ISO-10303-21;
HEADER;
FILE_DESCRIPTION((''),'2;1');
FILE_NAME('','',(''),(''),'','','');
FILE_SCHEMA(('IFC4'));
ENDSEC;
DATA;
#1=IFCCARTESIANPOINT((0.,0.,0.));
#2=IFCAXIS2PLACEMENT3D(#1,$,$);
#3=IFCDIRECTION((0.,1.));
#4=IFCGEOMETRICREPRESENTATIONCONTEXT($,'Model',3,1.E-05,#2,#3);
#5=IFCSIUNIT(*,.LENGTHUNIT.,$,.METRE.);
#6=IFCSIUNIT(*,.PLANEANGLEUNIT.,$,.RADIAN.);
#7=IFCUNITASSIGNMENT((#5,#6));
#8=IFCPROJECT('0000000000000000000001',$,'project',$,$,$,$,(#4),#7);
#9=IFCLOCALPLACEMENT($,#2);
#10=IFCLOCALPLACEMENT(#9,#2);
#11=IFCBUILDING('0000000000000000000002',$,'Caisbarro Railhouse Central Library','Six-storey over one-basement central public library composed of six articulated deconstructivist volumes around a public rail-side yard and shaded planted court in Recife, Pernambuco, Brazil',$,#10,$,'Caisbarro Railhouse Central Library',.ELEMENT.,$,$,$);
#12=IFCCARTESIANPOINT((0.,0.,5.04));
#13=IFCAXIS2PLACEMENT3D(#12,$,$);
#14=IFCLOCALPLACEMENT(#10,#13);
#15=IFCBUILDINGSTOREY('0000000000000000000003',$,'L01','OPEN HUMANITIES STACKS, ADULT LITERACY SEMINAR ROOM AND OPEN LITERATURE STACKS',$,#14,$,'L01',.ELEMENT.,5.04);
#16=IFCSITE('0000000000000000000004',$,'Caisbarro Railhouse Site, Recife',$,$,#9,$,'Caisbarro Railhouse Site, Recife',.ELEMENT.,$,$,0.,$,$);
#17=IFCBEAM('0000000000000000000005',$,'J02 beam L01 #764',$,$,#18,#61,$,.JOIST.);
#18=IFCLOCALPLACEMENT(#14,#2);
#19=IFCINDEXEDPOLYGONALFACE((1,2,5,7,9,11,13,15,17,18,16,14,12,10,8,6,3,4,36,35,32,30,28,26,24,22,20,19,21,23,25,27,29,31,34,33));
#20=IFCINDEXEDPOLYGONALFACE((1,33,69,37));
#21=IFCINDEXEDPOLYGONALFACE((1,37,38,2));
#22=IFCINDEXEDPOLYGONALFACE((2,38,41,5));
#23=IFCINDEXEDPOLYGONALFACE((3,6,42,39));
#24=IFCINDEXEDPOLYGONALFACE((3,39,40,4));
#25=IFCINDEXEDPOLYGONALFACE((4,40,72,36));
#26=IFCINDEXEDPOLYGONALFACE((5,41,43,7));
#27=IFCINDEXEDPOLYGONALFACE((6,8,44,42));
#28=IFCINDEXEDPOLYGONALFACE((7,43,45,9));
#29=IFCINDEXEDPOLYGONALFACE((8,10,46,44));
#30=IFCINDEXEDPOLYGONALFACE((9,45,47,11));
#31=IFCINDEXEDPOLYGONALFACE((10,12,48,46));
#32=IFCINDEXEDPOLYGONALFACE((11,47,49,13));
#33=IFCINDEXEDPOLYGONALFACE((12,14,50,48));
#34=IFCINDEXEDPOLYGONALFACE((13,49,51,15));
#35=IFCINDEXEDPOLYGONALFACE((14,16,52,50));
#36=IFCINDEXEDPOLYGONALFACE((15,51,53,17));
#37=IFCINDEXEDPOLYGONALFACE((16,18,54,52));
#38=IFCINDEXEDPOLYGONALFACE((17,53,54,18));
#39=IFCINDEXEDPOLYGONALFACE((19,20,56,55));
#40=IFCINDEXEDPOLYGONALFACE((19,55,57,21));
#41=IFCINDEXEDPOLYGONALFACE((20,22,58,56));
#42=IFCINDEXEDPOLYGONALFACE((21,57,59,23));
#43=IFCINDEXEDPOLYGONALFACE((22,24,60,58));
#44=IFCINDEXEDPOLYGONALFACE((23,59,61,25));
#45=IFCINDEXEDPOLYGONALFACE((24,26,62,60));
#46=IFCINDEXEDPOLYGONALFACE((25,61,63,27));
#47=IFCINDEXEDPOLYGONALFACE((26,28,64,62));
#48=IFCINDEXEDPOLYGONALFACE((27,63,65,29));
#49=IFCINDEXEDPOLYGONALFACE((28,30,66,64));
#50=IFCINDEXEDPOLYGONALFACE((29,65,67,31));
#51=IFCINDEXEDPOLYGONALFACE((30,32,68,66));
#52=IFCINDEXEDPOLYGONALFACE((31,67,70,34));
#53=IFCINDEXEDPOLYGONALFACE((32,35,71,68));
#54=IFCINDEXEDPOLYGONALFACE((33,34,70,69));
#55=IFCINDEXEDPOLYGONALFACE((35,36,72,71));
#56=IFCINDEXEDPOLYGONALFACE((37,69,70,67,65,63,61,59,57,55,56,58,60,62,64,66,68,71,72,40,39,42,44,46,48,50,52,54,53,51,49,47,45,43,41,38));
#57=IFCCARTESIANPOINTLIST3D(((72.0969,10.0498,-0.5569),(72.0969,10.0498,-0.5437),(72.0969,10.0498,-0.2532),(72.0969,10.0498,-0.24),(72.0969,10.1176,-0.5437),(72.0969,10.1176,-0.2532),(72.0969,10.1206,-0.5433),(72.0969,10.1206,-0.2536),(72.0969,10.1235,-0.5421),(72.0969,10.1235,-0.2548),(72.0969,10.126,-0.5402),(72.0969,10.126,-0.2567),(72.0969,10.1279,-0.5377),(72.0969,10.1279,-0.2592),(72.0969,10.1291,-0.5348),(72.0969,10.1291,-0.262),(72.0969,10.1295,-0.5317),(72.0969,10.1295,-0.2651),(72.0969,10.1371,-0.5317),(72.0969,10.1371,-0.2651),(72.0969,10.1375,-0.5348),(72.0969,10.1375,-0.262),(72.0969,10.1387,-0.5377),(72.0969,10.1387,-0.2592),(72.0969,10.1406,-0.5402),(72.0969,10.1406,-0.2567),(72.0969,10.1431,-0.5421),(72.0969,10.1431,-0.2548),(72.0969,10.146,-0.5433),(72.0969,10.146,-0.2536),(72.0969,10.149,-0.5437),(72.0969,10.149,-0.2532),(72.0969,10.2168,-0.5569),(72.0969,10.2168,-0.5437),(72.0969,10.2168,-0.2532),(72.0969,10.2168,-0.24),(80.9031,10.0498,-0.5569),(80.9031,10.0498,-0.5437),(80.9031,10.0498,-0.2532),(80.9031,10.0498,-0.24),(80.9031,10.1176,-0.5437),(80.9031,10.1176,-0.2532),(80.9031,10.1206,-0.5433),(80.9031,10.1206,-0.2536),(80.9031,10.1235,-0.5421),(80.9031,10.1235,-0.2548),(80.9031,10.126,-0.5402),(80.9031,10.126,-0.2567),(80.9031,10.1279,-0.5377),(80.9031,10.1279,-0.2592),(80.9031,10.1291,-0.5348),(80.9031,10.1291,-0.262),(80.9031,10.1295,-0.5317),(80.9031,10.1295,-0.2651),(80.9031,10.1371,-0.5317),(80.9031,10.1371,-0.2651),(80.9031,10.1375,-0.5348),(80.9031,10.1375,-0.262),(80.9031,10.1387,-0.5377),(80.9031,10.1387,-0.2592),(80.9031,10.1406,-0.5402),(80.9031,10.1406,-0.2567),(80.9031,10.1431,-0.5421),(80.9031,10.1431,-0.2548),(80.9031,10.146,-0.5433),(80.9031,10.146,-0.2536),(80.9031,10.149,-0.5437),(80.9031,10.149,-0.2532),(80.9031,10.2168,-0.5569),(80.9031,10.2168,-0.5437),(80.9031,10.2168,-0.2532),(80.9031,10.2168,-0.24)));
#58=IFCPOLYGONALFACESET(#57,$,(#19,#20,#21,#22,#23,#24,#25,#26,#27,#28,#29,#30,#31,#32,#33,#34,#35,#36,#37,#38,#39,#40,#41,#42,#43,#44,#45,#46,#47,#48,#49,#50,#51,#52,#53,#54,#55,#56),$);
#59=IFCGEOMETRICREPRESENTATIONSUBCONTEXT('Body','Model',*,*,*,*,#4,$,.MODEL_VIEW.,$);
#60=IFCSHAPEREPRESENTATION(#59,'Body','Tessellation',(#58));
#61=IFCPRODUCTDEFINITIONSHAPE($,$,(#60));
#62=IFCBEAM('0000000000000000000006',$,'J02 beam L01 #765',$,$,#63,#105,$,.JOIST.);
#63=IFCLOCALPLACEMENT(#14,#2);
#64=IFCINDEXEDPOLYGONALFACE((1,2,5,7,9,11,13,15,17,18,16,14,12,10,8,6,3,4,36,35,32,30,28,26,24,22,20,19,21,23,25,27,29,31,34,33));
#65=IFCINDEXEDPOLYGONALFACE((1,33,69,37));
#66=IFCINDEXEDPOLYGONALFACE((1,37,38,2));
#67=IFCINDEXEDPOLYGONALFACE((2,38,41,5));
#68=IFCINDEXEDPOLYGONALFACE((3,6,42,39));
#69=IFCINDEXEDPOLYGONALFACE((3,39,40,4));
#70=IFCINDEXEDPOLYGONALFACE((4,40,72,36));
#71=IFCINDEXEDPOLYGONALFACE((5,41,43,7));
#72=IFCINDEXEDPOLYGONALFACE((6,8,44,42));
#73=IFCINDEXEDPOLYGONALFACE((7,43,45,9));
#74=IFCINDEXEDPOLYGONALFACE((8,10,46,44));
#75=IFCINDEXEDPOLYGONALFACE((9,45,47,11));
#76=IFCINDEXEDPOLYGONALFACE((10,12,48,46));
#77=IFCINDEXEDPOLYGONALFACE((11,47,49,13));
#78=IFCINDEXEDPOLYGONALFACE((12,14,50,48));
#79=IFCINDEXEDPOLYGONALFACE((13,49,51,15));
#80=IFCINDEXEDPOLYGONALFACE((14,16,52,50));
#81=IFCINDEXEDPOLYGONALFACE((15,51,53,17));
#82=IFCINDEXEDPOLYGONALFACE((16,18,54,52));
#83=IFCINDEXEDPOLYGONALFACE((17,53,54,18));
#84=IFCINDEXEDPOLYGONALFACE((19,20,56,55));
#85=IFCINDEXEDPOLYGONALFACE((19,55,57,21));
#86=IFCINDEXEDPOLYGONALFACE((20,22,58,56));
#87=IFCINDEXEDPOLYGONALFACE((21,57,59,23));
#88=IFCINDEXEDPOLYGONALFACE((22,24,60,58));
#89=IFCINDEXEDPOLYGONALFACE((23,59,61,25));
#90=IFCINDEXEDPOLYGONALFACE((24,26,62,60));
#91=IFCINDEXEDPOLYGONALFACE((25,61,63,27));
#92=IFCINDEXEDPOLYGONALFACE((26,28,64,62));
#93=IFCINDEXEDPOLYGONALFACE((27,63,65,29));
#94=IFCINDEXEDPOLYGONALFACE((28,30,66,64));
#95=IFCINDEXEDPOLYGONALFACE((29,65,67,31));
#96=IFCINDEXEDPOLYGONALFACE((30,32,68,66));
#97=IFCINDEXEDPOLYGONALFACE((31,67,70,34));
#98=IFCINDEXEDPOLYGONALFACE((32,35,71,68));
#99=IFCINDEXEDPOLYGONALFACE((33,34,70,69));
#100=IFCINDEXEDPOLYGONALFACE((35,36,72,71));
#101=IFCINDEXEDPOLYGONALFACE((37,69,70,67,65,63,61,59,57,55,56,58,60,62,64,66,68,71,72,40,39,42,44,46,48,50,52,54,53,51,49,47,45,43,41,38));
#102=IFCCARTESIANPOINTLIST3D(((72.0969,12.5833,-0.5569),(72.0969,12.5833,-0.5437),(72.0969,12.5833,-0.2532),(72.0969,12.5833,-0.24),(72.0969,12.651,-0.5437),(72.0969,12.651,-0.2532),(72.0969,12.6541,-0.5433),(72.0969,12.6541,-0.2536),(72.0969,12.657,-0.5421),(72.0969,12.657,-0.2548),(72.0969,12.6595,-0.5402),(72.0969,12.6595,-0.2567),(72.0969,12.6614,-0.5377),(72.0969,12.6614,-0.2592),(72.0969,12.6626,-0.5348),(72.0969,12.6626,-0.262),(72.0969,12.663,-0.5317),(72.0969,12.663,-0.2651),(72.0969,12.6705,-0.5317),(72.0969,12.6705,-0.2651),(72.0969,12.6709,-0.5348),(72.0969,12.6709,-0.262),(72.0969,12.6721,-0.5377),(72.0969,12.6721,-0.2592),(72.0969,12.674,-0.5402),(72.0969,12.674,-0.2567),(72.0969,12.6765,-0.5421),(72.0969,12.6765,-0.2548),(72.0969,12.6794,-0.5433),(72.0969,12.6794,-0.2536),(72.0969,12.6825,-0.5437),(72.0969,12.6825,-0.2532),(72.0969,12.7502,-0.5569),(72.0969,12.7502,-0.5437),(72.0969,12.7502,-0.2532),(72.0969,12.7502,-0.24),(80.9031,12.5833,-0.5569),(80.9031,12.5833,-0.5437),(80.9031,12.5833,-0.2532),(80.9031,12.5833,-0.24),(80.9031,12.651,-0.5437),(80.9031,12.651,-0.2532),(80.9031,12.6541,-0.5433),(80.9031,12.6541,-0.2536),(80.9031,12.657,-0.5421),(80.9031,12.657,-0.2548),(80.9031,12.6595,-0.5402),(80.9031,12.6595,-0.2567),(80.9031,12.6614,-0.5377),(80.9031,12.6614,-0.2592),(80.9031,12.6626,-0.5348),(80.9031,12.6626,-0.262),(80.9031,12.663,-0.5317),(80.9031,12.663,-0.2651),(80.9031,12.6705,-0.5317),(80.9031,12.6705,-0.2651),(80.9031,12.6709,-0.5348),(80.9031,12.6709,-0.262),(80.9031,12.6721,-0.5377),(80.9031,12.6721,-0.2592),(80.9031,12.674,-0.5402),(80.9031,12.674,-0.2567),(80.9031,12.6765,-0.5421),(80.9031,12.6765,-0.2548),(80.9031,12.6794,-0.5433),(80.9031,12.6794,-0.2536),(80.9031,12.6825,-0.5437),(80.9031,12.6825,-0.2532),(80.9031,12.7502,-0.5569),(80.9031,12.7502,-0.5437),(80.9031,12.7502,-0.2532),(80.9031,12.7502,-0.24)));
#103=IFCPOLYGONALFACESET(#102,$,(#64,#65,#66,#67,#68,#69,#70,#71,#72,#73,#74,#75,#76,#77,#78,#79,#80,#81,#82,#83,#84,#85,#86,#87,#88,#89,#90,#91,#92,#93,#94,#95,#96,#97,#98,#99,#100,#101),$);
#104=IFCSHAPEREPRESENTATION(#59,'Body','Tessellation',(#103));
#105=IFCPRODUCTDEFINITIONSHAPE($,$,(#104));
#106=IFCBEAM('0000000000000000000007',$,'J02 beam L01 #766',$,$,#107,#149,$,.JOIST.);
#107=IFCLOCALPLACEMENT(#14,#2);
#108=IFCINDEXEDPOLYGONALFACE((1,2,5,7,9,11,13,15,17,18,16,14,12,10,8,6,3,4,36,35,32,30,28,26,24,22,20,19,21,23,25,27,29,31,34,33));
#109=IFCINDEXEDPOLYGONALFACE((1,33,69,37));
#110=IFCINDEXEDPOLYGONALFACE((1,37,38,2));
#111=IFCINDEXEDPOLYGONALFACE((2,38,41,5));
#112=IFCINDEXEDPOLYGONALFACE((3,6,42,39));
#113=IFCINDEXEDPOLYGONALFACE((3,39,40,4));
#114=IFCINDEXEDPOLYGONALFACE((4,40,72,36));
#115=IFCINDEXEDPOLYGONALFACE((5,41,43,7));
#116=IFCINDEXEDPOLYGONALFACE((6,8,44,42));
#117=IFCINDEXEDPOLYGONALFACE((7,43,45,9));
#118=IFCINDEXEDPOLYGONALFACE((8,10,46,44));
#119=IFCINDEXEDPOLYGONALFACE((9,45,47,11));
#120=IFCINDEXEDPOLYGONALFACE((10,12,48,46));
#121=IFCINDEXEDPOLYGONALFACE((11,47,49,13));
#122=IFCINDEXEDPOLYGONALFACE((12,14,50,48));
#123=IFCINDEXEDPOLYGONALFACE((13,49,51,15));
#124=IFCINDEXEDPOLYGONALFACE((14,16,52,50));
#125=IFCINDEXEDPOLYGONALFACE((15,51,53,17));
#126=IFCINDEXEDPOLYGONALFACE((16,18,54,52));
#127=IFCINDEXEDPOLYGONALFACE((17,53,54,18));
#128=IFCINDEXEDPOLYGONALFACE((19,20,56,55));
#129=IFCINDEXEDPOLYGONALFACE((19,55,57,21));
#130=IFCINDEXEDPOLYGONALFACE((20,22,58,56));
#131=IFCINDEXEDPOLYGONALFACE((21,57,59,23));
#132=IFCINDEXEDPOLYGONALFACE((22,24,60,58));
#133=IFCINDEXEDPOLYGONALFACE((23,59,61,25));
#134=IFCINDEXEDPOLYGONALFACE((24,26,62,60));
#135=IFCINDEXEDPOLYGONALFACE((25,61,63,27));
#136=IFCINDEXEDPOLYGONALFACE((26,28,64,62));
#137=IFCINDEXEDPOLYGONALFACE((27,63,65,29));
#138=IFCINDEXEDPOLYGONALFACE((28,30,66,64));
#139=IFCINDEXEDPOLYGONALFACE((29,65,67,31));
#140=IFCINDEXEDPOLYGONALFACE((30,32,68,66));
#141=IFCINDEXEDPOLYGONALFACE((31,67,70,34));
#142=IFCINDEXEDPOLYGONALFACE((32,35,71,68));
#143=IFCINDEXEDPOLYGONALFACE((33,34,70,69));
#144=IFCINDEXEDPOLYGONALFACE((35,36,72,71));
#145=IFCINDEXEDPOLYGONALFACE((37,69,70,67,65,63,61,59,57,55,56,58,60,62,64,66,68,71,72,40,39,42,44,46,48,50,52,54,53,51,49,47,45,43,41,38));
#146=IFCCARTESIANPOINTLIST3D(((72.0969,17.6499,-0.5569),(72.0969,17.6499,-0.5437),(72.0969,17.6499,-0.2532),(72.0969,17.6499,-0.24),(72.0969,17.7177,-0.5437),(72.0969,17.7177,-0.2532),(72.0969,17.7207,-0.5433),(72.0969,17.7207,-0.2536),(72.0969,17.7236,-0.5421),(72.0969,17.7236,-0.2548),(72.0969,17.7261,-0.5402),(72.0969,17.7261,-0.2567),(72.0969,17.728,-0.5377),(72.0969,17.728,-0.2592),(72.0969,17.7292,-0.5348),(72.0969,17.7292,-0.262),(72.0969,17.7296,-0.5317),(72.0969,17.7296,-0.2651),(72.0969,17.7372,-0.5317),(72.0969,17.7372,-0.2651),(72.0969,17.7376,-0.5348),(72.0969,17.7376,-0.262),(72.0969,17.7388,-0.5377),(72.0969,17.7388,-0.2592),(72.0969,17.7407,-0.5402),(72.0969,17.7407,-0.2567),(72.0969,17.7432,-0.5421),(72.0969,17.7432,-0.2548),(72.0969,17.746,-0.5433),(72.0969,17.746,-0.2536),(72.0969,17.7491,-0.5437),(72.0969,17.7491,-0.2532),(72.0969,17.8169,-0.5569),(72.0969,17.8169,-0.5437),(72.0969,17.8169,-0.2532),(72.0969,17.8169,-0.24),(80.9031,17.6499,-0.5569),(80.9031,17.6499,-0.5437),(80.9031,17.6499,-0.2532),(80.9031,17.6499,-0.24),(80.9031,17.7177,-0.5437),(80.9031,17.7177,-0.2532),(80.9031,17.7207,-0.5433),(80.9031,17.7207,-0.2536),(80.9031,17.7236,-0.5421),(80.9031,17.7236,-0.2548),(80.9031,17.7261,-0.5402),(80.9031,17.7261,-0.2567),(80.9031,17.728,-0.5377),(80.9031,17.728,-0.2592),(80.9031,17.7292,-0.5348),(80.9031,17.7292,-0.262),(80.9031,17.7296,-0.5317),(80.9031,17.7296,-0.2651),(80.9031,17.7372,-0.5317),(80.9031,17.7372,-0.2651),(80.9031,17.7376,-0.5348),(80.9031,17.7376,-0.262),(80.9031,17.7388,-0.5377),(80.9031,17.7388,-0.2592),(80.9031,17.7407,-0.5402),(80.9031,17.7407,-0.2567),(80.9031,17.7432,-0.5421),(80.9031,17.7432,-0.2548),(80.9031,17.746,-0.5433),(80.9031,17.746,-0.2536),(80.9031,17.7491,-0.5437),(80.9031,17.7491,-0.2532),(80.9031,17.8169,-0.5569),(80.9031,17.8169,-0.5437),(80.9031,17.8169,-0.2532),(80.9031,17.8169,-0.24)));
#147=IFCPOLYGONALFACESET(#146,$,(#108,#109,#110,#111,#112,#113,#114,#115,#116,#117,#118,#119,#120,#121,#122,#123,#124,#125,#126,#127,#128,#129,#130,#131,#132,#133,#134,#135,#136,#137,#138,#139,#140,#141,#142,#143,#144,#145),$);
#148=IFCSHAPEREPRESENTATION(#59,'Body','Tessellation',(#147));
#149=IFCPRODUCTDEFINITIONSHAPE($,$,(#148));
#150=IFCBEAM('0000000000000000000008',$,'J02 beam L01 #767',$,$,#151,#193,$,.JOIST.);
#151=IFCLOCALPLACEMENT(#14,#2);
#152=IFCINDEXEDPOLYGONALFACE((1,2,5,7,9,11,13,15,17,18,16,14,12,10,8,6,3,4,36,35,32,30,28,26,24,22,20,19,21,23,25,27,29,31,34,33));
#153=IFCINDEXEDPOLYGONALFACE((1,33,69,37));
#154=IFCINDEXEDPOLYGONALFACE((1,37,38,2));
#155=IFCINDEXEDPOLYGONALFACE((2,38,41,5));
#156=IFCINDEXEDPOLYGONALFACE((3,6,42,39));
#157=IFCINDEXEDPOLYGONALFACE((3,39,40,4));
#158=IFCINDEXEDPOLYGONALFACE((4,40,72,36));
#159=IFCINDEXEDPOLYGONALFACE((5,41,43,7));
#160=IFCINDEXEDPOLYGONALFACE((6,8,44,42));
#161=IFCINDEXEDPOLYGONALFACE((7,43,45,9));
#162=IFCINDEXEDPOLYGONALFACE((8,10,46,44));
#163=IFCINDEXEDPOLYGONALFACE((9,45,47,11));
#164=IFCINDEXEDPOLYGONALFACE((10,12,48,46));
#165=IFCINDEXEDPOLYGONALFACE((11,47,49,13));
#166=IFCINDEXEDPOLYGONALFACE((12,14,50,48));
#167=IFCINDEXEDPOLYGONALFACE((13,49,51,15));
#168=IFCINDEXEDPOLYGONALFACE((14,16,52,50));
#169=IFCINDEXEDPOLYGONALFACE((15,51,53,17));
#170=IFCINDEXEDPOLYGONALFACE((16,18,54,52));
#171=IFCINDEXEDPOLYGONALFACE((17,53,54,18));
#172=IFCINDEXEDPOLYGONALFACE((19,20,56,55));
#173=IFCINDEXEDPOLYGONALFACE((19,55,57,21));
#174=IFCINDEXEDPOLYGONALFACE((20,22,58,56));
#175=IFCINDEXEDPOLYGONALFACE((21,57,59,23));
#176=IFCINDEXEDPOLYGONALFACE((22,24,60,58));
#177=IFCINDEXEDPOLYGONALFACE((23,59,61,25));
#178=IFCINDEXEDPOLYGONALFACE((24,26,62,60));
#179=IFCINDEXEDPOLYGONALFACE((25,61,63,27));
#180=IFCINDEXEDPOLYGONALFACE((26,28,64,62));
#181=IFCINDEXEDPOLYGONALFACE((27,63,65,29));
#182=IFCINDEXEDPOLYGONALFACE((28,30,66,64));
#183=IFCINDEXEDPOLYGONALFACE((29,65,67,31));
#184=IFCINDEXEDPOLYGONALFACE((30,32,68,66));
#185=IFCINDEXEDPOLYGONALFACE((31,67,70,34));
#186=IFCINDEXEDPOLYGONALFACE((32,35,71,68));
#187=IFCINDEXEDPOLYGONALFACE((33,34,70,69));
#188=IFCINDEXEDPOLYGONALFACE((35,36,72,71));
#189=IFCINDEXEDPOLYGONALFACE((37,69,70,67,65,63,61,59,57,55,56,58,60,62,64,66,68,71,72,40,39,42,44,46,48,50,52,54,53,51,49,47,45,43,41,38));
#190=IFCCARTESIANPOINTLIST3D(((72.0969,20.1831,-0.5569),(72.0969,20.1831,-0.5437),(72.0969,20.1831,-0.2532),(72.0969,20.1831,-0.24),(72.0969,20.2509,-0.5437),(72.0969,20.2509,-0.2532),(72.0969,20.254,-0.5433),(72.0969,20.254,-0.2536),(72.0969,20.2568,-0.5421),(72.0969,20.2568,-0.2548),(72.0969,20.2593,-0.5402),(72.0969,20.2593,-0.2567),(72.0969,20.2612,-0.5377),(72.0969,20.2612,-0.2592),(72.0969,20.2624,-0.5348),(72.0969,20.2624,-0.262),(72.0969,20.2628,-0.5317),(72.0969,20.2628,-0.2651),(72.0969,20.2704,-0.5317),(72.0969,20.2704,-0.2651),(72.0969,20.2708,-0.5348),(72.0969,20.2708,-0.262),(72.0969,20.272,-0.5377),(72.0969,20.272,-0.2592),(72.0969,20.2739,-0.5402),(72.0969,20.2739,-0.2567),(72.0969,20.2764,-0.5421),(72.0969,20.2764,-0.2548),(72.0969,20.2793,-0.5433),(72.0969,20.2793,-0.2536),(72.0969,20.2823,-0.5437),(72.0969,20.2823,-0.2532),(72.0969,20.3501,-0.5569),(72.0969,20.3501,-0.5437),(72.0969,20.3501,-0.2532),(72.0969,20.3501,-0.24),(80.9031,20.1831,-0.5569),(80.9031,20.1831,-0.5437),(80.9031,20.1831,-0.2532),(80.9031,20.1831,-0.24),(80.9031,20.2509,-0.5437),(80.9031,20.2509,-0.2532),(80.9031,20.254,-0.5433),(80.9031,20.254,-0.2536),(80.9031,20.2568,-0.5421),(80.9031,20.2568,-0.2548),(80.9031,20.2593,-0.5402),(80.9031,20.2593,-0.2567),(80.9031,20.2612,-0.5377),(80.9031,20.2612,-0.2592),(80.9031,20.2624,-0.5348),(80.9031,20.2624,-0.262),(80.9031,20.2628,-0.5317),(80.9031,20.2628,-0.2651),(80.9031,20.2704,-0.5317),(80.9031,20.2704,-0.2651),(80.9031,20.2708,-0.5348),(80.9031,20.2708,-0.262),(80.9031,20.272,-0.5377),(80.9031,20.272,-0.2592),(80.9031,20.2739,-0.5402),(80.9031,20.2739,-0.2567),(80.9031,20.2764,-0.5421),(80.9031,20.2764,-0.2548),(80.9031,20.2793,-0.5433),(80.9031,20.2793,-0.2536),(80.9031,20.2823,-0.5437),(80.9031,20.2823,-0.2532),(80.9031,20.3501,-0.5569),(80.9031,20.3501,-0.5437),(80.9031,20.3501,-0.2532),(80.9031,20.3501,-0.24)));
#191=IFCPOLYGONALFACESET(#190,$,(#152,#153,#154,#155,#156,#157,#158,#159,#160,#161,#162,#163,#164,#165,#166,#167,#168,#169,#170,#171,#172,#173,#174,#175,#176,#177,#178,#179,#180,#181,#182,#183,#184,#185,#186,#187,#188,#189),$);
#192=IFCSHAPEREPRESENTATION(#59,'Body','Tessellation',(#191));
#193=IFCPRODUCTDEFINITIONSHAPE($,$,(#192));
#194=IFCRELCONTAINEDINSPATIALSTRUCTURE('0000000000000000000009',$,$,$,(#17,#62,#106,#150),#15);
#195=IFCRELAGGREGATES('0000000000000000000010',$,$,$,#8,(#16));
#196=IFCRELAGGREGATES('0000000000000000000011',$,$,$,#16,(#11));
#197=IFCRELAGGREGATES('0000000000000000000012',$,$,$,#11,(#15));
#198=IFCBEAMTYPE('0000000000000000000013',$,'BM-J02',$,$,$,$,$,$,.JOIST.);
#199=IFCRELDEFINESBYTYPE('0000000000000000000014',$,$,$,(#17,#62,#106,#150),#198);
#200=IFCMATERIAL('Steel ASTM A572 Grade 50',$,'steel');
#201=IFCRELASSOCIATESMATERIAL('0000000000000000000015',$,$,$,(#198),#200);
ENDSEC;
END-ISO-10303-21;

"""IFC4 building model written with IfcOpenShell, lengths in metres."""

from ifc_helpers import new_model, si_unit, direction, frame, origin, origin_2d, place, context, subcontext, project, spatial, i_section, extrude, material, material_profile, profile_set, type_object, element, save


model = new_model("IFC4")

# Units and contexts
model_context = context("Model", 3, precision=1e-05, world=origin(), true_north=direction((0.0, 1.0)))
body_context = subcontext(model_context, "Body", "Model", "MODEL_VIEW")
ifc_project = project(units=[si_unit("LENGTHUNIT", "METRE"), si_unit("PLANEANGLEUNIT", "RADIAN")], contexts=[model_context])

# Site, building, storey
site_placement = place(None, origin())
site = spatial("IfcSite", under=ifc_project, at=site_placement, Name="Caisbarro Railhouse Site, Recife", LongName="Caisbarro Railhouse Site, Recife", CompositionType="ELEMENT", RefElevation=0.0)
building_placement = place(site_placement, origin())
building = spatial("IfcBuilding", under=site, at=building_placement, Name="Caisbarro Railhouse Central Library", Description="Six-storey over one-basement central public library composed of six articulated deconstructivist volumes around a public rail-side yard and shaded planted court in Recife, Pernambuco, Brazil", LongName="Caisbarro Railhouse Central Library", CompositionType="ELEMENT")
storey_placement = place(building_placement, frame((0.0, 0.0, 5.04)))
storey = spatial("IfcBuildingStorey", under=building, at=storey_placement, Name="L01", Description="OPEN HUMANITIES STACKS, ADULT LITERACY SEMINAR ROOM AND OPEN LITERATURE STACKS", LongName="L01", CompositionType="ELEMENT", Elevation=5.04)

# Shared definitions
ifc_material_1 = material(Name="Steel ASTM A572 Grade 50", Category="steel")

# Beams
ifc_material_profile_1 = material_profile(ifc_material_1, i_section(OverallWidth=0.167, OverallDepth=0.3169, WebThickness=0.0076, FlangeThickness=0.0132, FilletRadius=0.012, at=origin_2d()), Name="W310X52.0")
ifc_profile_set_1 = profile_set([ifc_material_profile_1], Name="Steel ASTM A572 Grade 50")
beam_type_1 = type_object("IfcBeamType", Name="BM-J02", PredefinedType="JOIST", material=ifc_profile_set_1)
for number, where, z_axis, x_axis, name in (
    (1, (72.0969, 10.1333, -0.3984), (1.0, 0.0, 0.0), (0.0, 1.0, 0.0), "J02 beam L01 #764"),
    (2, (72.0969, 12.6667, -0.3984), (1.0, 0.0, 0.0), (0.0, 1.0, 0.0), "J02 beam L01 #765"),
    (3, (72.0969, 17.7334, -0.3984), (1.0, 0.0, 0.0), (0.0, 1.0, 0.0), "J02 beam L01 #766"),
    (4, (72.0969, 20.2666, -0.3984), (1.0, 0.0, 0.0), (0.0, 1.0, 0.0), "J02 beam L01 #767"),
):
    element("IfcBeam", number, at=place(storey_placement, frame(where, z_axis=z_axis, x_axis=x_axis)), inside=storey, type_object=beam_type_1, Name=name, PredefinedType="JOIST", context=body_context, shape_type="SweptSolid", body=[
        extrude(i_section(OverallWidth=0.167, OverallDepth=0.3169, WebThickness=0.0076, FlangeThickness=0.0132, FilletRadius=0.012, at=origin_2d()), origin(), (0.0, 0.0, 1.0), 8.8062),
    ])

save(model, "model.ifc")
